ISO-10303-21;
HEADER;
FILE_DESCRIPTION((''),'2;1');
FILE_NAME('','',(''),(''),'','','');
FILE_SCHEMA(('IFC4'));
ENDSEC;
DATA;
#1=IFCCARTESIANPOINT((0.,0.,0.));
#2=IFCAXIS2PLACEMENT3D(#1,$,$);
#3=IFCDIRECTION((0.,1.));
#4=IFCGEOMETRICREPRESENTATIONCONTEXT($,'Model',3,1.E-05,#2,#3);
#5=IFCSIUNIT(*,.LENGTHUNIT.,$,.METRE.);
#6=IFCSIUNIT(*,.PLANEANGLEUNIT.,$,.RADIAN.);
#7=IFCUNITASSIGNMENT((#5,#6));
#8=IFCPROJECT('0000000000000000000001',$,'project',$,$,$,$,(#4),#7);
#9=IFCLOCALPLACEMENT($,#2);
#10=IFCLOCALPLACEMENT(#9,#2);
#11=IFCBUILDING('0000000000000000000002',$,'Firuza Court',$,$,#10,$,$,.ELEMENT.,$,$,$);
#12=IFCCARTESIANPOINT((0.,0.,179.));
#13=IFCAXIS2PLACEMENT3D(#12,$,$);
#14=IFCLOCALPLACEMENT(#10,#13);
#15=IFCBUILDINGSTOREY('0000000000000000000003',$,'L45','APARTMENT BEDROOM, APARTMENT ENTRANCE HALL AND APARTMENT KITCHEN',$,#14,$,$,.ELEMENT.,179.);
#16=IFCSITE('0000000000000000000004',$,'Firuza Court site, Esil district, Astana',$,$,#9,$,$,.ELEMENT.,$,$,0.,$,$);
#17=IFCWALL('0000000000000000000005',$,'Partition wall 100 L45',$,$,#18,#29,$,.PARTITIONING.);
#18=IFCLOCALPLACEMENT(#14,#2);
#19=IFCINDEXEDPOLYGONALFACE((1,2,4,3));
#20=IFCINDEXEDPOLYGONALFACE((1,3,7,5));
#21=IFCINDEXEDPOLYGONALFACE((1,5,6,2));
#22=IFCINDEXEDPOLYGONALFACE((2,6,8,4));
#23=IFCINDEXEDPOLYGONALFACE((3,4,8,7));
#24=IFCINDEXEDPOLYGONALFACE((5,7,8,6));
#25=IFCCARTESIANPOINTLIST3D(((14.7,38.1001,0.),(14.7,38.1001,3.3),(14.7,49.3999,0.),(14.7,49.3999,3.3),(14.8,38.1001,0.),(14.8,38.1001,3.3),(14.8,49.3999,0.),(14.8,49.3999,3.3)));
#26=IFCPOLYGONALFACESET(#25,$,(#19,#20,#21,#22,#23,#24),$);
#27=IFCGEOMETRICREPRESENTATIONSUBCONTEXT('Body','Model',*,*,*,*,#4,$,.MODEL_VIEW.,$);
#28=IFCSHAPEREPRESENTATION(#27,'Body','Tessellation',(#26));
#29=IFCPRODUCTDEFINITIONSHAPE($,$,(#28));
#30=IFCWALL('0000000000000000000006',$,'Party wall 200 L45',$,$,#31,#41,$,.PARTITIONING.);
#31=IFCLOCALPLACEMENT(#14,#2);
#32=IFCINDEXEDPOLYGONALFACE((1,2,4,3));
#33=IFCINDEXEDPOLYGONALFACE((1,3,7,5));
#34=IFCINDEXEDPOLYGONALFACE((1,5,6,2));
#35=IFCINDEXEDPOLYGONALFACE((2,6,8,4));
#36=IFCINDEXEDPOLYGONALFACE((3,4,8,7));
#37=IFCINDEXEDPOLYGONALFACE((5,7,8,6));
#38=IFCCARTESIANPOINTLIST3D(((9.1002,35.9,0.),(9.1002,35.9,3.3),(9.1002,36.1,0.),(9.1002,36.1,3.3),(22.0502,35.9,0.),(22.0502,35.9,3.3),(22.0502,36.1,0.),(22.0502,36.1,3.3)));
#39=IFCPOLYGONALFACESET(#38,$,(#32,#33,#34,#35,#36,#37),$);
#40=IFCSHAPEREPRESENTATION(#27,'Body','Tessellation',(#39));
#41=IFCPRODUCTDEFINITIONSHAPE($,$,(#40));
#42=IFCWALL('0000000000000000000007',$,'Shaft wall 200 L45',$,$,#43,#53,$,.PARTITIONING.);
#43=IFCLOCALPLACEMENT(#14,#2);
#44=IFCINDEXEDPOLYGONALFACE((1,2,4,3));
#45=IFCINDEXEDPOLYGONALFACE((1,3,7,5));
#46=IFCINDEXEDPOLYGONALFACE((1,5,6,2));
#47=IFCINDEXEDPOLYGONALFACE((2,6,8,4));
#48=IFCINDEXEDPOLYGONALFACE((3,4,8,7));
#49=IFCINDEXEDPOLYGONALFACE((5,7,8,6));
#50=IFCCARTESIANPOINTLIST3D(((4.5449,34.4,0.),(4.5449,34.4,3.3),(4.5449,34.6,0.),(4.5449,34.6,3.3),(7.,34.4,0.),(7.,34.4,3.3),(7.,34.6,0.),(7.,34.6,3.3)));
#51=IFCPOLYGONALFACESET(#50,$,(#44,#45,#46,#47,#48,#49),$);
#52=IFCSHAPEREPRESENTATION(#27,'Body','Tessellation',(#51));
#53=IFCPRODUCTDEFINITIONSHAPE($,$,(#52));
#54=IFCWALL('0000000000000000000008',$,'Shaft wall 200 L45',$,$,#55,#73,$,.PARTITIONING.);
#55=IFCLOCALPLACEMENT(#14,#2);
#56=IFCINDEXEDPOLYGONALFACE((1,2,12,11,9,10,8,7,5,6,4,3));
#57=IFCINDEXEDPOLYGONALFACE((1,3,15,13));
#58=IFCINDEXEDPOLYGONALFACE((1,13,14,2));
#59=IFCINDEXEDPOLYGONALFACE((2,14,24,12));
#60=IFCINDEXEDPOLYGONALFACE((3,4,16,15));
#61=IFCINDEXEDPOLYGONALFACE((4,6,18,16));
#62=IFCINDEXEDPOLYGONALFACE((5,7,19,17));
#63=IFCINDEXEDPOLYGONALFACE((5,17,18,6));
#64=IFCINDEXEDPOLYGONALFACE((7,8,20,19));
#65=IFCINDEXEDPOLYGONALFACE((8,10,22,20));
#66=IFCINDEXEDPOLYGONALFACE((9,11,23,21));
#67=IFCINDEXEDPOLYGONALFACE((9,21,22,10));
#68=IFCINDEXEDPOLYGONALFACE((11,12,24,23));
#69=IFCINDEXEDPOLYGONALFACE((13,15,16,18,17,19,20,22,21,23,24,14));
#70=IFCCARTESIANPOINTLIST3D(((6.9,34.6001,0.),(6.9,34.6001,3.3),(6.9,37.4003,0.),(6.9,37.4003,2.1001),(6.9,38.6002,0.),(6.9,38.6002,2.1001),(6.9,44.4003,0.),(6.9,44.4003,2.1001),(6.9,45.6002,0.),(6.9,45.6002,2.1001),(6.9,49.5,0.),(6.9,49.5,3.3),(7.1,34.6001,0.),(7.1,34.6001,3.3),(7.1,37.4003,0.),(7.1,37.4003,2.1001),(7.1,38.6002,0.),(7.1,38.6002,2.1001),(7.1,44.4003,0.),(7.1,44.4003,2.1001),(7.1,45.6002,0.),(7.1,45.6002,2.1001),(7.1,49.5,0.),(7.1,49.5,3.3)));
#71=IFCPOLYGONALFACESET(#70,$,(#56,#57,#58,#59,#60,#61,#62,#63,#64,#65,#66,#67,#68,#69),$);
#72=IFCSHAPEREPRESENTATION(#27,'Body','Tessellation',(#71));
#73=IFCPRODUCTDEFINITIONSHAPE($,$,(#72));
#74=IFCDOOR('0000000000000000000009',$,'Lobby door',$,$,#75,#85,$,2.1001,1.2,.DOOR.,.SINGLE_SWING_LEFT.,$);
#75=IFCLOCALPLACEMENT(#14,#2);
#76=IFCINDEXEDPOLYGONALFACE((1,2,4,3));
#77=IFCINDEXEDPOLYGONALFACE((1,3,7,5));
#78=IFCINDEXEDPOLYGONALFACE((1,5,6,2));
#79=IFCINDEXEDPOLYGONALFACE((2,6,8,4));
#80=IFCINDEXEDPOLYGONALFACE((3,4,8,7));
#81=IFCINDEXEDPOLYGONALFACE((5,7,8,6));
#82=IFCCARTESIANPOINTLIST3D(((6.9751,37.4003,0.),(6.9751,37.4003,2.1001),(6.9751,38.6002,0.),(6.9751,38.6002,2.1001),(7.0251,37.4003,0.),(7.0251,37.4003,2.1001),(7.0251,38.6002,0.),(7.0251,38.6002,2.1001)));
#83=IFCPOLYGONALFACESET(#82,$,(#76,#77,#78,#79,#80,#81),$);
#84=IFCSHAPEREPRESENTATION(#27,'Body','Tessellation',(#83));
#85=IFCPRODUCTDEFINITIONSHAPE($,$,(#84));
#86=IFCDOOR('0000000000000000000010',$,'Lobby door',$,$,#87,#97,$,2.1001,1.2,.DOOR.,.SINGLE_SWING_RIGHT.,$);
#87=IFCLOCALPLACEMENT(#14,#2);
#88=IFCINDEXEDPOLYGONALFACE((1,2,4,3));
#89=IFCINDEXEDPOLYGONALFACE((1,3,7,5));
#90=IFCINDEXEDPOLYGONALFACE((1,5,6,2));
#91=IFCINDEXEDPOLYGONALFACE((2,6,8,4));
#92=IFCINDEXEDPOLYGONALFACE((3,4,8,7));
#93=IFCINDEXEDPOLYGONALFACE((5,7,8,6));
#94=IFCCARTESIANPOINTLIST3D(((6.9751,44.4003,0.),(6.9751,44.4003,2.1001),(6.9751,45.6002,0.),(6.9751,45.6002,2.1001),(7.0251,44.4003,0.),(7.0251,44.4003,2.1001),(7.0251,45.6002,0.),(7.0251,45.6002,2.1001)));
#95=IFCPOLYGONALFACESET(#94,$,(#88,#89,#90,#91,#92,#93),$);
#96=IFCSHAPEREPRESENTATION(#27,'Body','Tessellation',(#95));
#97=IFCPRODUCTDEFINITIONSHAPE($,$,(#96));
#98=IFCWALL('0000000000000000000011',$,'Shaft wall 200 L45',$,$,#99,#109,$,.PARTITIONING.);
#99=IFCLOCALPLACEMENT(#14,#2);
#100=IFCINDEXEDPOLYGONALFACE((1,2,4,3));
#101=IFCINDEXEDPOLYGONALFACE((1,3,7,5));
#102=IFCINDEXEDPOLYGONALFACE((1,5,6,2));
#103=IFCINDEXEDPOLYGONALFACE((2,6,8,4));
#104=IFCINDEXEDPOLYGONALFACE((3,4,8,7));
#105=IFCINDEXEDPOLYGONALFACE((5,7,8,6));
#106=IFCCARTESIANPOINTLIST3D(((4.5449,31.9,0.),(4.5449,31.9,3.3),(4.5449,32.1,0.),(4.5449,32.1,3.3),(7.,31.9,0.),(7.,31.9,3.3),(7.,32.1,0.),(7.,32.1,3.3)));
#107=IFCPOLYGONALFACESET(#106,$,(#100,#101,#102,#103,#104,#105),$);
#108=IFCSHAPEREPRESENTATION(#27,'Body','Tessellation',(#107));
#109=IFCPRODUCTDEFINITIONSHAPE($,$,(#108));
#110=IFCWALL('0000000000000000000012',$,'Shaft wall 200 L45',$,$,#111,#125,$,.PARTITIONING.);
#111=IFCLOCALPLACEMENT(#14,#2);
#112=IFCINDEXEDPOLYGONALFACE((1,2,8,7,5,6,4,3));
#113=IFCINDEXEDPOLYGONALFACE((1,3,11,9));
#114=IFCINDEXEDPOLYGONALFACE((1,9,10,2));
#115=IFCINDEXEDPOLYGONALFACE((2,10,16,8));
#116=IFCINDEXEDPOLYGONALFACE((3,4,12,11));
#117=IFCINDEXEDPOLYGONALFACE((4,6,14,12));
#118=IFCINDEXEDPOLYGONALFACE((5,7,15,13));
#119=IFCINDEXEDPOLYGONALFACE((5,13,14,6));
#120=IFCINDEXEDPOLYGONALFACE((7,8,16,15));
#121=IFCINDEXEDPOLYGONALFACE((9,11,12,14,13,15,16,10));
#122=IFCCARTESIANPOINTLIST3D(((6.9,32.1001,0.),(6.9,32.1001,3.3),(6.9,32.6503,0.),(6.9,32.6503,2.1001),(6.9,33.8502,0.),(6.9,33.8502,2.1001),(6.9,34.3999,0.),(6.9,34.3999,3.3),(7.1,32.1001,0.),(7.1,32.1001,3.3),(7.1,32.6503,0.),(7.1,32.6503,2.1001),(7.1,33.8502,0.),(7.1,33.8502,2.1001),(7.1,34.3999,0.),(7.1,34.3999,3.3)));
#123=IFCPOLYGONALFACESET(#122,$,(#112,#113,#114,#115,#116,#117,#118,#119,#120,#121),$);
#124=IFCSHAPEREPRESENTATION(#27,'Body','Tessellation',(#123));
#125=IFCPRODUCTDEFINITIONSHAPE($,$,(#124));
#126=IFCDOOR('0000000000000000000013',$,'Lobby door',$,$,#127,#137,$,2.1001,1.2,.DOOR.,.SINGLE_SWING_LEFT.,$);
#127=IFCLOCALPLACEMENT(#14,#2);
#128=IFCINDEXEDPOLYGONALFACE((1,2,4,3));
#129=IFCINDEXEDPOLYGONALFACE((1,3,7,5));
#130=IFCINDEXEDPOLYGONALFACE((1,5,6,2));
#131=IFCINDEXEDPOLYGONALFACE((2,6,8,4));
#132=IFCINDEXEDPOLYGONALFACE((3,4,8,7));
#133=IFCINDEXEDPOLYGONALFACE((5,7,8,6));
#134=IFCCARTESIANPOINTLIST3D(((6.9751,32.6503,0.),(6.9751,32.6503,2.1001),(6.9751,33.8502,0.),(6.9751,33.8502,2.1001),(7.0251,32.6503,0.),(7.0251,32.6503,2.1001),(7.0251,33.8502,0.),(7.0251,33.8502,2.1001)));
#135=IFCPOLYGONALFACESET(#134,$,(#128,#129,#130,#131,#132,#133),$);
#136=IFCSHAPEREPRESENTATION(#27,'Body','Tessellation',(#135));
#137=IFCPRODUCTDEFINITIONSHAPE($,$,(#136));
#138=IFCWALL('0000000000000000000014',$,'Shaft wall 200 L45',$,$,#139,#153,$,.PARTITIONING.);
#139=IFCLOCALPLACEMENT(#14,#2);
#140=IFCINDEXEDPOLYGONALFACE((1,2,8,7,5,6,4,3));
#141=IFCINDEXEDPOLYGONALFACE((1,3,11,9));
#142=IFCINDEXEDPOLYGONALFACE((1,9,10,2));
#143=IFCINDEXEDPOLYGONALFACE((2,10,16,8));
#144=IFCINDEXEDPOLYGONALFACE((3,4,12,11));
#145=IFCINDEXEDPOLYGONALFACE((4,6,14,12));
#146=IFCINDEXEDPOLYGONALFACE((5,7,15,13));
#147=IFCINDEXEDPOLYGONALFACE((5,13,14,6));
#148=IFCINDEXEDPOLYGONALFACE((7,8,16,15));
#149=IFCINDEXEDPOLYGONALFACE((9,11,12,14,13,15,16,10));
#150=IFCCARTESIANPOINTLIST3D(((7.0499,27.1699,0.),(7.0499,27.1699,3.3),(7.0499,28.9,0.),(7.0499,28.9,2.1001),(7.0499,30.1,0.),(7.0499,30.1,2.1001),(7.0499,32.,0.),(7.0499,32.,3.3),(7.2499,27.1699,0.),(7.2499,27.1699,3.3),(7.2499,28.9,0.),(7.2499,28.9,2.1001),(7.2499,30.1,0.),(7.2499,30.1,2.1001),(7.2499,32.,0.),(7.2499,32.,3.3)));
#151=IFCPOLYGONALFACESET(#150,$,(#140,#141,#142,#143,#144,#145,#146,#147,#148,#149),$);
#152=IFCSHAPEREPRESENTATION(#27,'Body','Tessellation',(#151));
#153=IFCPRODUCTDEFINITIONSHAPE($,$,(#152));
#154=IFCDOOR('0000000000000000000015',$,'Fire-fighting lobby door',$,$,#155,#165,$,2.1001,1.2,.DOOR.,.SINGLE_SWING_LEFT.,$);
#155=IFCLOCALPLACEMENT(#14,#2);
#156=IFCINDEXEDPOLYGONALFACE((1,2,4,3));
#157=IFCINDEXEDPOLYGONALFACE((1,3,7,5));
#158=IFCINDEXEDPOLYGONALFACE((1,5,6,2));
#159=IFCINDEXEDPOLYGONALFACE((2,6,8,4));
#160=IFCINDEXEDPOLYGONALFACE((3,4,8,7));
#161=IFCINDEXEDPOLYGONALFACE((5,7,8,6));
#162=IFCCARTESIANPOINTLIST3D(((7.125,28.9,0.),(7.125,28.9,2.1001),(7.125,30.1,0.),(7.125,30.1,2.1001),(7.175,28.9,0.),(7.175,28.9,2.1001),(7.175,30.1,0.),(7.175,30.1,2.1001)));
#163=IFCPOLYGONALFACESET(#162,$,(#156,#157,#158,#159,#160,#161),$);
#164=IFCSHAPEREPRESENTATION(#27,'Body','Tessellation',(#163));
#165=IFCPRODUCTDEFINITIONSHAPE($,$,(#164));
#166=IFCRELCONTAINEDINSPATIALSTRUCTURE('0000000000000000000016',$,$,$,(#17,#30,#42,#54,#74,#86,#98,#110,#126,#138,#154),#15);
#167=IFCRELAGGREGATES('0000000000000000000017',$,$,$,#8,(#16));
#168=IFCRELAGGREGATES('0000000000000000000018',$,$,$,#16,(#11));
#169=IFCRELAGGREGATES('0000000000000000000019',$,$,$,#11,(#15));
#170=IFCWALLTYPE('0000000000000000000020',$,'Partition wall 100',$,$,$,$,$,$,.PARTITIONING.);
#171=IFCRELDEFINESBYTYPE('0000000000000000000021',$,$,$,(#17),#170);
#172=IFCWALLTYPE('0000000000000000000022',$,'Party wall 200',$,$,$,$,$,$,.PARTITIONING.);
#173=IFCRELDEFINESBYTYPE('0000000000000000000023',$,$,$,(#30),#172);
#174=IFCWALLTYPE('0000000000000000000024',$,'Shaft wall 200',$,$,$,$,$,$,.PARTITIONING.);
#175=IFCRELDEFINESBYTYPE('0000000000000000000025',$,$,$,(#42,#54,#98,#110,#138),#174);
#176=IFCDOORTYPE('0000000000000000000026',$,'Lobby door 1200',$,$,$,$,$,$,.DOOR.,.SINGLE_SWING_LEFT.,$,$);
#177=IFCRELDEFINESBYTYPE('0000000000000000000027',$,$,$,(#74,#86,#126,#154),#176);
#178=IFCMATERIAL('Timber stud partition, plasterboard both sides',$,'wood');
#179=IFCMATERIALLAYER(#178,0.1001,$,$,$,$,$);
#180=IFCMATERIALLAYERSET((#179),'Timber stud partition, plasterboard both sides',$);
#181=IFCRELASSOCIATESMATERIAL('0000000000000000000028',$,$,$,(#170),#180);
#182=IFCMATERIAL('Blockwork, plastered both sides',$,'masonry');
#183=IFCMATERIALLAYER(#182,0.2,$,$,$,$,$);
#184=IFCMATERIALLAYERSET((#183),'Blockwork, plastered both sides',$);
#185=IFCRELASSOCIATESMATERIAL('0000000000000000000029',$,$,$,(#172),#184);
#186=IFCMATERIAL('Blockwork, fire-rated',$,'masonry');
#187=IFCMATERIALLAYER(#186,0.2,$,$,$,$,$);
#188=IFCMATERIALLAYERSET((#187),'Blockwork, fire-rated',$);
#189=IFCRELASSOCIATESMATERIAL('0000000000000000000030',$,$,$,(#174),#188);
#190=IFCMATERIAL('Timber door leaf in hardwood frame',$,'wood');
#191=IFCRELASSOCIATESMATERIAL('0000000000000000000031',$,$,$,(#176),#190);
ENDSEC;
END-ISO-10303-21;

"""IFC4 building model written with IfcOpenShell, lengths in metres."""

from ifc_helpers import new_model, si_unit, direction, frame, frame_2d, origin, place, context, subcontext, project, spatial, rectangle, extrude, material, layer, layer_set, type_object, element, fill, save


model = new_model("IFC4")

# Units and contexts
model_context = context("Model", 3, precision=1e-05, world=origin(), true_north=direction((0.0, 1.0)))
body_context = subcontext(model_context, "Body", "Model", "MODEL_VIEW")
ifc_project = project(units=[si_unit("LENGTHUNIT", "METRE"), si_unit("PLANEANGLEUNIT", "RADIAN")], contexts=[model_context])

# Site, building, storey
site_placement = place(None, origin())
site = spatial("IfcSite", under=ifc_project, at=site_placement, Name="Firuza Court site, Esil district, Astana", CompositionType="ELEMENT", RefElevation=0.0)
building_placement = place(site_placement, origin())
building = spatial("IfcBuilding", under=site, at=building_placement, Name="Firuza Court", CompositionType="ELEMENT")
storey_placement = place(building_placement, frame((0.0, 0.0, 179.0)))
storey = spatial("IfcBuildingStorey", under=building, at=storey_placement, Name="L45", Description="APARTMENT BEDROOM, APARTMENT ENTRANCE HALL AND APARTMENT KITCHEN", CompositionType="ELEMENT", Elevation=179.0)

# Shared definitions
ifc_material_1 = material(Name="Blockwork, plastered both sides", Category="masonry")

# Walls
ifc_material_2 = material(Name="Timber stud partition, plasterboard both sides", Category="wood")
ifc_layer_1 = layer(ifc_material_2, 0.1001)
ifc_layer_set_1 = layer_set([ifc_layer_1], Name="Timber stud partition, plasterboard both sides")
wall_type_1 = type_object("IfcWallType", Name="Partition wall 100", PredefinedType="PARTITIONING", material=ifc_layer_set_1)
wall_1_placement = place(storey_placement, frame((14.75, 38.1001, 0.0), z_axis=(0.0, 0.0, 1.0), x_axis=(0.0, 1.0, 0.0)))
element("IfcWall", 1, at=wall_1_placement, inside=storey, type_object=wall_type_1, Name="Partition wall 100 L45", PredefinedType="PARTITIONING", context=body_context, shape_type="SweptSolid", body=[
    extrude(rectangle(XDim=11.2998, YDim=0.1001, at=frame_2d((5.6499, 0.0))), origin(), (0.0, 0.0, 1.0), 3.3),
])
ifc_layer_2 = layer(ifc_material_1, 0.2)
ifc_layer_set_2 = layer_set([ifc_layer_2], Name="Blockwork, plastered both sides")
wall_type_2 = type_object("IfcWallType", Name="Party wall 200", PredefinedType="PARTITIONING", material=ifc_layer_set_2)
wall_2_placement = place(storey_placement, frame((9.1001, 36.0, 0.0), z_axis=(0.0, 0.0, 1.0), x_axis=(1.0, 0.0, 0.0)))
element("IfcWall", 2, at=wall_2_placement, inside=storey, type_object=wall_type_2, Name="Party wall 200 L45", PredefinedType="PARTITIONING", context=body_context, shape_type="SweptSolid", body=[
    extrude(rectangle(XDim=12.95, YDim=0.2, at=frame_2d((6.4751, 0.0))), origin(), (0.0, 0.0, 1.0), 3.3),
])
ifc_material_3 = material(Name="Blockwork, fire-rated", Category="masonry")
ifc_layer_3 = layer(ifc_material_3, 0.2)
ifc_layer_set_3 = layer_set([ifc_layer_3], Name="Blockwork, fire-rated")
wall_type_3 = type_object("IfcWallType", Name="Shaft wall 200", PredefinedType="PARTITIONING", material=ifc_layer_set_3)
wall_3_placement = place(storey_placement, frame((4.5449, 34.5, 0.0), z_axis=(0.0, 0.0, 1.0), x_axis=(1.0, 0.0, 0.0)))
element("IfcWall", 3, at=wall_3_placement, inside=storey, type_object=wall_type_3, Name="Shaft wall 200 L45", PredefinedType="PARTITIONING", context=body_context, shape_type="SweptSolid", body=[
    extrude(rectangle(XDim=2.4551, YDim=0.2, at=frame_2d((1.2275, 0.0))), origin(), (0.0, 0.0, 1.0), 3.3),
])

# Wall, openings, doors
wall_4_placement = place(storey_placement, frame((7.0, 34.6001, 0.0), z_axis=(0.0, 0.0, 1.0), x_axis=(0.0, 1.0, 0.0)))
wall_4 = element("IfcWall", 4, at=wall_4_placement, inside=storey, type_object=wall_type_3, Name="Shaft wall 200 L45", PredefinedType="PARTITIONING", context=body_context, shape_type="SweptSolid", body=[
    extrude(rectangle(XDim=14.8999, YDim=0.2, at=frame_2d((7.45, 0.0))), origin(), (0.0, 0.0, 1.0), 3.3),
])
opening_1_placement = place(wall_4_placement, frame((2.8, 0.0, 0.0)))
opening_1 = element("IfcOpeningElement", 5, at=opening_1_placement, cuts=wall_4, PredefinedType="OPENING", context=body_context, shape_type="SweptSolid", body=[
    extrude(rectangle(XDim=1.2, YDim=2.1001, at=frame_2d((0.6001, 1.05))), frame((0.0, 0.1118, 0.0), z_axis=(0.0, -1.0, 0.0), x_axis=(1.0, 0.0, 0.0)), (0.0, 0.0, 1.0), 0.2239),
])
opening_2_placement = place(wall_4_placement, frame((9.8, 0.0, 0.0)))
opening_2 = element("IfcOpeningElement", 6, at=opening_2_placement, cuts=wall_4, PredefinedType="OPENING", context=body_context, shape_type="SweptSolid", body=[
    extrude(rectangle(XDim=1.2, YDim=2.1001, at=frame_2d((0.6001, 1.05))), frame((0.0, 0.1118, 0.0), z_axis=(0.0, -1.0, 0.0), x_axis=(1.0, 0.0, 0.0)), (0.0, 0.0, 1.0), 0.2239),
])
ifc_material_4 = material(Name="Timber door leaf in hardwood frame", Category="wood")
door_type_1 = type_object("IfcDoorType", Name="Lobby door 1200", OperationType="SINGLE_SWING_LEFT", PredefinedType="DOOR", material=ifc_material_4)
door_1_placement = place(opening_1_placement, origin())
door_1 = element("IfcDoor", 7, at=door_1_placement, inside=storey, type_object=door_type_1, Name="Lobby door", OperationType="SINGLE_SWING_LEFT", OverallHeight=2.1001, OverallWidth=1.2, PredefinedType="DOOR", context=body_context, shape_type="SweptSolid", body=[
    extrude(rectangle(XDim=1.2, YDim=2.1001, at=frame_2d((0.6001, 1.05))), frame((0.0, 0.0249, 0.0), z_axis=(0.0, -1.0, 0.0), x_axis=(1.0, 0.0, 0.0)), (0.0, 0.0, 1.0), 0.05),
])
fill(opening_1, door_1)
door_2_placement = place(opening_2_placement, origin())
door_2 = element("IfcDoor", 8, at=door_2_placement, inside=storey, type_object=door_type_1, Name="Lobby door", OperationType="SINGLE_SWING_RIGHT", OverallHeight=2.1001, OverallWidth=1.2, PredefinedType="DOOR", context=body_context, shape_type="SweptSolid", body=[
    extrude(rectangle(XDim=1.2, YDim=2.1001, at=frame_2d((0.6001, 1.05))), frame((0.0, 0.0249, 0.0), z_axis=(0.0, -1.0, 0.0), x_axis=(1.0, 0.0, 0.0)), (0.0, 0.0, 1.0), 0.05),
])
fill(opening_2, door_2)

# Wall
wall_5_placement = place(storey_placement, frame((4.5449, 32.0, 0.0), z_axis=(0.0, 0.0, 1.0), x_axis=(1.0, 0.0, 0.0)))
element("IfcWall", 9, at=wall_5_placement, inside=storey, type_object=wall_type_3, Name="Shaft wall 200 L45", PredefinedType="PARTITIONING", context=body_context, shape_type="SweptSolid", body=[
    extrude(rectangle(XDim=2.4551, YDim=0.2, at=frame_2d((1.2275, 0.0))), origin(), (0.0, 0.0, 1.0), 3.3),
])

# Walls, openings, doors
wall_6_placement = place(storey_placement, frame((7.0, 32.1001, 0.0), z_axis=(0.0, 0.0, 1.0), x_axis=(0.0, 1.0, 0.0)))
wall_6 = element("IfcWall", 10, at=wall_6_placement, inside=storey, type_object=wall_type_3, Name="Shaft wall 200 L45", PredefinedType="PARTITIONING", context=body_context, shape_type="SweptSolid", body=[
    extrude(rectangle(XDim=2.2998, YDim=0.2, at=frame_2d((1.1499, 0.0))), origin(), (0.0, 0.0, 1.0), 3.3),
])
opening_3_placement = place(wall_6_placement, frame((0.55, 0.0, 0.0)))
opening_3 = element("IfcOpeningElement", 11, at=opening_3_placement, cuts=wall_6, PredefinedType="OPENING", context=body_context, shape_type="SweptSolid", body=[
    extrude(rectangle(XDim=1.2, YDim=2.1001, at=frame_2d((0.6001, 1.05))), frame((0.0, 0.1118, 0.0), z_axis=(0.0, -1.0, 0.0), x_axis=(1.0, 0.0, 0.0)), (0.0, 0.0, 1.0), 0.2239),
])
door_3_placement = place(opening_3_placement, origin())
door_3 = element("IfcDoor", 12, at=door_3_placement, inside=storey, type_object=door_type_1, Name="Lobby door", OperationType="SINGLE_SWING_LEFT", OverallHeight=2.1001, OverallWidth=1.2, PredefinedType="DOOR", context=body_context, shape_type="SweptSolid", body=[
    extrude(rectangle(XDim=1.2, YDim=2.1001, at=frame_2d((0.6001, 1.05))), frame((0.0, 0.0249, 0.0), z_axis=(0.0, -1.0, 0.0), x_axis=(1.0, 0.0, 0.0)), (0.0, 0.0, 1.0), 0.05),
])
fill(opening_3, door_3)
wall_7_placement = place(storey_placement, frame((7.1499, 27.1699, 0.0), z_axis=(0.0, 0.0, 1.0), x_axis=(0.0, 1.0, 0.0)))
wall_7 = element("IfcWall", 13, at=wall_7_placement, inside=storey, type_object=wall_type_3, Name="Shaft wall 200 L45", PredefinedType="PARTITIONING", context=body_context, shape_type="SweptSolid", body=[
    extrude(rectangle(XDim=4.8301, YDim=0.2, at=frame_2d((2.415, 0.0))), origin(), (0.0, 0.0, 1.0), 3.3),
])
opening_4_placement = place(wall_7_placement, frame((1.73, 0.0, 0.0)))
opening_4 = element("IfcOpeningElement", 14, at=opening_4_placement, cuts=wall_7, PredefinedType="OPENING", context=body_context, shape_type="SweptSolid", body=[
    extrude(rectangle(XDim=1.2, YDim=2.1001, at=frame_2d((0.6001, 1.05))), frame((0.0, 0.1118, 0.0), z_axis=(0.0, -1.0, 0.0), x_axis=(1.0, 0.0, 0.0)), (0.0, 0.0, 1.0), 0.2239),
])
door_4_placement = place(opening_4_placement, origin())
door_4 = element("IfcDoor", 15, at=door_4_placement, inside=storey, type_object=door_type_1, Name="Fire-fighting lobby door", OperationType="SINGLE_SWING_LEFT", OverallHeight=2.1001, OverallWidth=1.2, PredefinedType="DOOR", context=body_context, shape_type="SweptSolid", body=[
    extrude(rectangle(XDim=1.2, YDim=2.1001, at=frame_2d((0.6001, 1.05))), frame((0.0, 0.0249, 0.0), z_axis=(0.0, -1.0, 0.0), x_axis=(1.0, 0.0, 0.0)), (0.0, 0.0, 1.0), 0.05),
])
fill(opening_4, door_4)

save(model, "model.ifc")
